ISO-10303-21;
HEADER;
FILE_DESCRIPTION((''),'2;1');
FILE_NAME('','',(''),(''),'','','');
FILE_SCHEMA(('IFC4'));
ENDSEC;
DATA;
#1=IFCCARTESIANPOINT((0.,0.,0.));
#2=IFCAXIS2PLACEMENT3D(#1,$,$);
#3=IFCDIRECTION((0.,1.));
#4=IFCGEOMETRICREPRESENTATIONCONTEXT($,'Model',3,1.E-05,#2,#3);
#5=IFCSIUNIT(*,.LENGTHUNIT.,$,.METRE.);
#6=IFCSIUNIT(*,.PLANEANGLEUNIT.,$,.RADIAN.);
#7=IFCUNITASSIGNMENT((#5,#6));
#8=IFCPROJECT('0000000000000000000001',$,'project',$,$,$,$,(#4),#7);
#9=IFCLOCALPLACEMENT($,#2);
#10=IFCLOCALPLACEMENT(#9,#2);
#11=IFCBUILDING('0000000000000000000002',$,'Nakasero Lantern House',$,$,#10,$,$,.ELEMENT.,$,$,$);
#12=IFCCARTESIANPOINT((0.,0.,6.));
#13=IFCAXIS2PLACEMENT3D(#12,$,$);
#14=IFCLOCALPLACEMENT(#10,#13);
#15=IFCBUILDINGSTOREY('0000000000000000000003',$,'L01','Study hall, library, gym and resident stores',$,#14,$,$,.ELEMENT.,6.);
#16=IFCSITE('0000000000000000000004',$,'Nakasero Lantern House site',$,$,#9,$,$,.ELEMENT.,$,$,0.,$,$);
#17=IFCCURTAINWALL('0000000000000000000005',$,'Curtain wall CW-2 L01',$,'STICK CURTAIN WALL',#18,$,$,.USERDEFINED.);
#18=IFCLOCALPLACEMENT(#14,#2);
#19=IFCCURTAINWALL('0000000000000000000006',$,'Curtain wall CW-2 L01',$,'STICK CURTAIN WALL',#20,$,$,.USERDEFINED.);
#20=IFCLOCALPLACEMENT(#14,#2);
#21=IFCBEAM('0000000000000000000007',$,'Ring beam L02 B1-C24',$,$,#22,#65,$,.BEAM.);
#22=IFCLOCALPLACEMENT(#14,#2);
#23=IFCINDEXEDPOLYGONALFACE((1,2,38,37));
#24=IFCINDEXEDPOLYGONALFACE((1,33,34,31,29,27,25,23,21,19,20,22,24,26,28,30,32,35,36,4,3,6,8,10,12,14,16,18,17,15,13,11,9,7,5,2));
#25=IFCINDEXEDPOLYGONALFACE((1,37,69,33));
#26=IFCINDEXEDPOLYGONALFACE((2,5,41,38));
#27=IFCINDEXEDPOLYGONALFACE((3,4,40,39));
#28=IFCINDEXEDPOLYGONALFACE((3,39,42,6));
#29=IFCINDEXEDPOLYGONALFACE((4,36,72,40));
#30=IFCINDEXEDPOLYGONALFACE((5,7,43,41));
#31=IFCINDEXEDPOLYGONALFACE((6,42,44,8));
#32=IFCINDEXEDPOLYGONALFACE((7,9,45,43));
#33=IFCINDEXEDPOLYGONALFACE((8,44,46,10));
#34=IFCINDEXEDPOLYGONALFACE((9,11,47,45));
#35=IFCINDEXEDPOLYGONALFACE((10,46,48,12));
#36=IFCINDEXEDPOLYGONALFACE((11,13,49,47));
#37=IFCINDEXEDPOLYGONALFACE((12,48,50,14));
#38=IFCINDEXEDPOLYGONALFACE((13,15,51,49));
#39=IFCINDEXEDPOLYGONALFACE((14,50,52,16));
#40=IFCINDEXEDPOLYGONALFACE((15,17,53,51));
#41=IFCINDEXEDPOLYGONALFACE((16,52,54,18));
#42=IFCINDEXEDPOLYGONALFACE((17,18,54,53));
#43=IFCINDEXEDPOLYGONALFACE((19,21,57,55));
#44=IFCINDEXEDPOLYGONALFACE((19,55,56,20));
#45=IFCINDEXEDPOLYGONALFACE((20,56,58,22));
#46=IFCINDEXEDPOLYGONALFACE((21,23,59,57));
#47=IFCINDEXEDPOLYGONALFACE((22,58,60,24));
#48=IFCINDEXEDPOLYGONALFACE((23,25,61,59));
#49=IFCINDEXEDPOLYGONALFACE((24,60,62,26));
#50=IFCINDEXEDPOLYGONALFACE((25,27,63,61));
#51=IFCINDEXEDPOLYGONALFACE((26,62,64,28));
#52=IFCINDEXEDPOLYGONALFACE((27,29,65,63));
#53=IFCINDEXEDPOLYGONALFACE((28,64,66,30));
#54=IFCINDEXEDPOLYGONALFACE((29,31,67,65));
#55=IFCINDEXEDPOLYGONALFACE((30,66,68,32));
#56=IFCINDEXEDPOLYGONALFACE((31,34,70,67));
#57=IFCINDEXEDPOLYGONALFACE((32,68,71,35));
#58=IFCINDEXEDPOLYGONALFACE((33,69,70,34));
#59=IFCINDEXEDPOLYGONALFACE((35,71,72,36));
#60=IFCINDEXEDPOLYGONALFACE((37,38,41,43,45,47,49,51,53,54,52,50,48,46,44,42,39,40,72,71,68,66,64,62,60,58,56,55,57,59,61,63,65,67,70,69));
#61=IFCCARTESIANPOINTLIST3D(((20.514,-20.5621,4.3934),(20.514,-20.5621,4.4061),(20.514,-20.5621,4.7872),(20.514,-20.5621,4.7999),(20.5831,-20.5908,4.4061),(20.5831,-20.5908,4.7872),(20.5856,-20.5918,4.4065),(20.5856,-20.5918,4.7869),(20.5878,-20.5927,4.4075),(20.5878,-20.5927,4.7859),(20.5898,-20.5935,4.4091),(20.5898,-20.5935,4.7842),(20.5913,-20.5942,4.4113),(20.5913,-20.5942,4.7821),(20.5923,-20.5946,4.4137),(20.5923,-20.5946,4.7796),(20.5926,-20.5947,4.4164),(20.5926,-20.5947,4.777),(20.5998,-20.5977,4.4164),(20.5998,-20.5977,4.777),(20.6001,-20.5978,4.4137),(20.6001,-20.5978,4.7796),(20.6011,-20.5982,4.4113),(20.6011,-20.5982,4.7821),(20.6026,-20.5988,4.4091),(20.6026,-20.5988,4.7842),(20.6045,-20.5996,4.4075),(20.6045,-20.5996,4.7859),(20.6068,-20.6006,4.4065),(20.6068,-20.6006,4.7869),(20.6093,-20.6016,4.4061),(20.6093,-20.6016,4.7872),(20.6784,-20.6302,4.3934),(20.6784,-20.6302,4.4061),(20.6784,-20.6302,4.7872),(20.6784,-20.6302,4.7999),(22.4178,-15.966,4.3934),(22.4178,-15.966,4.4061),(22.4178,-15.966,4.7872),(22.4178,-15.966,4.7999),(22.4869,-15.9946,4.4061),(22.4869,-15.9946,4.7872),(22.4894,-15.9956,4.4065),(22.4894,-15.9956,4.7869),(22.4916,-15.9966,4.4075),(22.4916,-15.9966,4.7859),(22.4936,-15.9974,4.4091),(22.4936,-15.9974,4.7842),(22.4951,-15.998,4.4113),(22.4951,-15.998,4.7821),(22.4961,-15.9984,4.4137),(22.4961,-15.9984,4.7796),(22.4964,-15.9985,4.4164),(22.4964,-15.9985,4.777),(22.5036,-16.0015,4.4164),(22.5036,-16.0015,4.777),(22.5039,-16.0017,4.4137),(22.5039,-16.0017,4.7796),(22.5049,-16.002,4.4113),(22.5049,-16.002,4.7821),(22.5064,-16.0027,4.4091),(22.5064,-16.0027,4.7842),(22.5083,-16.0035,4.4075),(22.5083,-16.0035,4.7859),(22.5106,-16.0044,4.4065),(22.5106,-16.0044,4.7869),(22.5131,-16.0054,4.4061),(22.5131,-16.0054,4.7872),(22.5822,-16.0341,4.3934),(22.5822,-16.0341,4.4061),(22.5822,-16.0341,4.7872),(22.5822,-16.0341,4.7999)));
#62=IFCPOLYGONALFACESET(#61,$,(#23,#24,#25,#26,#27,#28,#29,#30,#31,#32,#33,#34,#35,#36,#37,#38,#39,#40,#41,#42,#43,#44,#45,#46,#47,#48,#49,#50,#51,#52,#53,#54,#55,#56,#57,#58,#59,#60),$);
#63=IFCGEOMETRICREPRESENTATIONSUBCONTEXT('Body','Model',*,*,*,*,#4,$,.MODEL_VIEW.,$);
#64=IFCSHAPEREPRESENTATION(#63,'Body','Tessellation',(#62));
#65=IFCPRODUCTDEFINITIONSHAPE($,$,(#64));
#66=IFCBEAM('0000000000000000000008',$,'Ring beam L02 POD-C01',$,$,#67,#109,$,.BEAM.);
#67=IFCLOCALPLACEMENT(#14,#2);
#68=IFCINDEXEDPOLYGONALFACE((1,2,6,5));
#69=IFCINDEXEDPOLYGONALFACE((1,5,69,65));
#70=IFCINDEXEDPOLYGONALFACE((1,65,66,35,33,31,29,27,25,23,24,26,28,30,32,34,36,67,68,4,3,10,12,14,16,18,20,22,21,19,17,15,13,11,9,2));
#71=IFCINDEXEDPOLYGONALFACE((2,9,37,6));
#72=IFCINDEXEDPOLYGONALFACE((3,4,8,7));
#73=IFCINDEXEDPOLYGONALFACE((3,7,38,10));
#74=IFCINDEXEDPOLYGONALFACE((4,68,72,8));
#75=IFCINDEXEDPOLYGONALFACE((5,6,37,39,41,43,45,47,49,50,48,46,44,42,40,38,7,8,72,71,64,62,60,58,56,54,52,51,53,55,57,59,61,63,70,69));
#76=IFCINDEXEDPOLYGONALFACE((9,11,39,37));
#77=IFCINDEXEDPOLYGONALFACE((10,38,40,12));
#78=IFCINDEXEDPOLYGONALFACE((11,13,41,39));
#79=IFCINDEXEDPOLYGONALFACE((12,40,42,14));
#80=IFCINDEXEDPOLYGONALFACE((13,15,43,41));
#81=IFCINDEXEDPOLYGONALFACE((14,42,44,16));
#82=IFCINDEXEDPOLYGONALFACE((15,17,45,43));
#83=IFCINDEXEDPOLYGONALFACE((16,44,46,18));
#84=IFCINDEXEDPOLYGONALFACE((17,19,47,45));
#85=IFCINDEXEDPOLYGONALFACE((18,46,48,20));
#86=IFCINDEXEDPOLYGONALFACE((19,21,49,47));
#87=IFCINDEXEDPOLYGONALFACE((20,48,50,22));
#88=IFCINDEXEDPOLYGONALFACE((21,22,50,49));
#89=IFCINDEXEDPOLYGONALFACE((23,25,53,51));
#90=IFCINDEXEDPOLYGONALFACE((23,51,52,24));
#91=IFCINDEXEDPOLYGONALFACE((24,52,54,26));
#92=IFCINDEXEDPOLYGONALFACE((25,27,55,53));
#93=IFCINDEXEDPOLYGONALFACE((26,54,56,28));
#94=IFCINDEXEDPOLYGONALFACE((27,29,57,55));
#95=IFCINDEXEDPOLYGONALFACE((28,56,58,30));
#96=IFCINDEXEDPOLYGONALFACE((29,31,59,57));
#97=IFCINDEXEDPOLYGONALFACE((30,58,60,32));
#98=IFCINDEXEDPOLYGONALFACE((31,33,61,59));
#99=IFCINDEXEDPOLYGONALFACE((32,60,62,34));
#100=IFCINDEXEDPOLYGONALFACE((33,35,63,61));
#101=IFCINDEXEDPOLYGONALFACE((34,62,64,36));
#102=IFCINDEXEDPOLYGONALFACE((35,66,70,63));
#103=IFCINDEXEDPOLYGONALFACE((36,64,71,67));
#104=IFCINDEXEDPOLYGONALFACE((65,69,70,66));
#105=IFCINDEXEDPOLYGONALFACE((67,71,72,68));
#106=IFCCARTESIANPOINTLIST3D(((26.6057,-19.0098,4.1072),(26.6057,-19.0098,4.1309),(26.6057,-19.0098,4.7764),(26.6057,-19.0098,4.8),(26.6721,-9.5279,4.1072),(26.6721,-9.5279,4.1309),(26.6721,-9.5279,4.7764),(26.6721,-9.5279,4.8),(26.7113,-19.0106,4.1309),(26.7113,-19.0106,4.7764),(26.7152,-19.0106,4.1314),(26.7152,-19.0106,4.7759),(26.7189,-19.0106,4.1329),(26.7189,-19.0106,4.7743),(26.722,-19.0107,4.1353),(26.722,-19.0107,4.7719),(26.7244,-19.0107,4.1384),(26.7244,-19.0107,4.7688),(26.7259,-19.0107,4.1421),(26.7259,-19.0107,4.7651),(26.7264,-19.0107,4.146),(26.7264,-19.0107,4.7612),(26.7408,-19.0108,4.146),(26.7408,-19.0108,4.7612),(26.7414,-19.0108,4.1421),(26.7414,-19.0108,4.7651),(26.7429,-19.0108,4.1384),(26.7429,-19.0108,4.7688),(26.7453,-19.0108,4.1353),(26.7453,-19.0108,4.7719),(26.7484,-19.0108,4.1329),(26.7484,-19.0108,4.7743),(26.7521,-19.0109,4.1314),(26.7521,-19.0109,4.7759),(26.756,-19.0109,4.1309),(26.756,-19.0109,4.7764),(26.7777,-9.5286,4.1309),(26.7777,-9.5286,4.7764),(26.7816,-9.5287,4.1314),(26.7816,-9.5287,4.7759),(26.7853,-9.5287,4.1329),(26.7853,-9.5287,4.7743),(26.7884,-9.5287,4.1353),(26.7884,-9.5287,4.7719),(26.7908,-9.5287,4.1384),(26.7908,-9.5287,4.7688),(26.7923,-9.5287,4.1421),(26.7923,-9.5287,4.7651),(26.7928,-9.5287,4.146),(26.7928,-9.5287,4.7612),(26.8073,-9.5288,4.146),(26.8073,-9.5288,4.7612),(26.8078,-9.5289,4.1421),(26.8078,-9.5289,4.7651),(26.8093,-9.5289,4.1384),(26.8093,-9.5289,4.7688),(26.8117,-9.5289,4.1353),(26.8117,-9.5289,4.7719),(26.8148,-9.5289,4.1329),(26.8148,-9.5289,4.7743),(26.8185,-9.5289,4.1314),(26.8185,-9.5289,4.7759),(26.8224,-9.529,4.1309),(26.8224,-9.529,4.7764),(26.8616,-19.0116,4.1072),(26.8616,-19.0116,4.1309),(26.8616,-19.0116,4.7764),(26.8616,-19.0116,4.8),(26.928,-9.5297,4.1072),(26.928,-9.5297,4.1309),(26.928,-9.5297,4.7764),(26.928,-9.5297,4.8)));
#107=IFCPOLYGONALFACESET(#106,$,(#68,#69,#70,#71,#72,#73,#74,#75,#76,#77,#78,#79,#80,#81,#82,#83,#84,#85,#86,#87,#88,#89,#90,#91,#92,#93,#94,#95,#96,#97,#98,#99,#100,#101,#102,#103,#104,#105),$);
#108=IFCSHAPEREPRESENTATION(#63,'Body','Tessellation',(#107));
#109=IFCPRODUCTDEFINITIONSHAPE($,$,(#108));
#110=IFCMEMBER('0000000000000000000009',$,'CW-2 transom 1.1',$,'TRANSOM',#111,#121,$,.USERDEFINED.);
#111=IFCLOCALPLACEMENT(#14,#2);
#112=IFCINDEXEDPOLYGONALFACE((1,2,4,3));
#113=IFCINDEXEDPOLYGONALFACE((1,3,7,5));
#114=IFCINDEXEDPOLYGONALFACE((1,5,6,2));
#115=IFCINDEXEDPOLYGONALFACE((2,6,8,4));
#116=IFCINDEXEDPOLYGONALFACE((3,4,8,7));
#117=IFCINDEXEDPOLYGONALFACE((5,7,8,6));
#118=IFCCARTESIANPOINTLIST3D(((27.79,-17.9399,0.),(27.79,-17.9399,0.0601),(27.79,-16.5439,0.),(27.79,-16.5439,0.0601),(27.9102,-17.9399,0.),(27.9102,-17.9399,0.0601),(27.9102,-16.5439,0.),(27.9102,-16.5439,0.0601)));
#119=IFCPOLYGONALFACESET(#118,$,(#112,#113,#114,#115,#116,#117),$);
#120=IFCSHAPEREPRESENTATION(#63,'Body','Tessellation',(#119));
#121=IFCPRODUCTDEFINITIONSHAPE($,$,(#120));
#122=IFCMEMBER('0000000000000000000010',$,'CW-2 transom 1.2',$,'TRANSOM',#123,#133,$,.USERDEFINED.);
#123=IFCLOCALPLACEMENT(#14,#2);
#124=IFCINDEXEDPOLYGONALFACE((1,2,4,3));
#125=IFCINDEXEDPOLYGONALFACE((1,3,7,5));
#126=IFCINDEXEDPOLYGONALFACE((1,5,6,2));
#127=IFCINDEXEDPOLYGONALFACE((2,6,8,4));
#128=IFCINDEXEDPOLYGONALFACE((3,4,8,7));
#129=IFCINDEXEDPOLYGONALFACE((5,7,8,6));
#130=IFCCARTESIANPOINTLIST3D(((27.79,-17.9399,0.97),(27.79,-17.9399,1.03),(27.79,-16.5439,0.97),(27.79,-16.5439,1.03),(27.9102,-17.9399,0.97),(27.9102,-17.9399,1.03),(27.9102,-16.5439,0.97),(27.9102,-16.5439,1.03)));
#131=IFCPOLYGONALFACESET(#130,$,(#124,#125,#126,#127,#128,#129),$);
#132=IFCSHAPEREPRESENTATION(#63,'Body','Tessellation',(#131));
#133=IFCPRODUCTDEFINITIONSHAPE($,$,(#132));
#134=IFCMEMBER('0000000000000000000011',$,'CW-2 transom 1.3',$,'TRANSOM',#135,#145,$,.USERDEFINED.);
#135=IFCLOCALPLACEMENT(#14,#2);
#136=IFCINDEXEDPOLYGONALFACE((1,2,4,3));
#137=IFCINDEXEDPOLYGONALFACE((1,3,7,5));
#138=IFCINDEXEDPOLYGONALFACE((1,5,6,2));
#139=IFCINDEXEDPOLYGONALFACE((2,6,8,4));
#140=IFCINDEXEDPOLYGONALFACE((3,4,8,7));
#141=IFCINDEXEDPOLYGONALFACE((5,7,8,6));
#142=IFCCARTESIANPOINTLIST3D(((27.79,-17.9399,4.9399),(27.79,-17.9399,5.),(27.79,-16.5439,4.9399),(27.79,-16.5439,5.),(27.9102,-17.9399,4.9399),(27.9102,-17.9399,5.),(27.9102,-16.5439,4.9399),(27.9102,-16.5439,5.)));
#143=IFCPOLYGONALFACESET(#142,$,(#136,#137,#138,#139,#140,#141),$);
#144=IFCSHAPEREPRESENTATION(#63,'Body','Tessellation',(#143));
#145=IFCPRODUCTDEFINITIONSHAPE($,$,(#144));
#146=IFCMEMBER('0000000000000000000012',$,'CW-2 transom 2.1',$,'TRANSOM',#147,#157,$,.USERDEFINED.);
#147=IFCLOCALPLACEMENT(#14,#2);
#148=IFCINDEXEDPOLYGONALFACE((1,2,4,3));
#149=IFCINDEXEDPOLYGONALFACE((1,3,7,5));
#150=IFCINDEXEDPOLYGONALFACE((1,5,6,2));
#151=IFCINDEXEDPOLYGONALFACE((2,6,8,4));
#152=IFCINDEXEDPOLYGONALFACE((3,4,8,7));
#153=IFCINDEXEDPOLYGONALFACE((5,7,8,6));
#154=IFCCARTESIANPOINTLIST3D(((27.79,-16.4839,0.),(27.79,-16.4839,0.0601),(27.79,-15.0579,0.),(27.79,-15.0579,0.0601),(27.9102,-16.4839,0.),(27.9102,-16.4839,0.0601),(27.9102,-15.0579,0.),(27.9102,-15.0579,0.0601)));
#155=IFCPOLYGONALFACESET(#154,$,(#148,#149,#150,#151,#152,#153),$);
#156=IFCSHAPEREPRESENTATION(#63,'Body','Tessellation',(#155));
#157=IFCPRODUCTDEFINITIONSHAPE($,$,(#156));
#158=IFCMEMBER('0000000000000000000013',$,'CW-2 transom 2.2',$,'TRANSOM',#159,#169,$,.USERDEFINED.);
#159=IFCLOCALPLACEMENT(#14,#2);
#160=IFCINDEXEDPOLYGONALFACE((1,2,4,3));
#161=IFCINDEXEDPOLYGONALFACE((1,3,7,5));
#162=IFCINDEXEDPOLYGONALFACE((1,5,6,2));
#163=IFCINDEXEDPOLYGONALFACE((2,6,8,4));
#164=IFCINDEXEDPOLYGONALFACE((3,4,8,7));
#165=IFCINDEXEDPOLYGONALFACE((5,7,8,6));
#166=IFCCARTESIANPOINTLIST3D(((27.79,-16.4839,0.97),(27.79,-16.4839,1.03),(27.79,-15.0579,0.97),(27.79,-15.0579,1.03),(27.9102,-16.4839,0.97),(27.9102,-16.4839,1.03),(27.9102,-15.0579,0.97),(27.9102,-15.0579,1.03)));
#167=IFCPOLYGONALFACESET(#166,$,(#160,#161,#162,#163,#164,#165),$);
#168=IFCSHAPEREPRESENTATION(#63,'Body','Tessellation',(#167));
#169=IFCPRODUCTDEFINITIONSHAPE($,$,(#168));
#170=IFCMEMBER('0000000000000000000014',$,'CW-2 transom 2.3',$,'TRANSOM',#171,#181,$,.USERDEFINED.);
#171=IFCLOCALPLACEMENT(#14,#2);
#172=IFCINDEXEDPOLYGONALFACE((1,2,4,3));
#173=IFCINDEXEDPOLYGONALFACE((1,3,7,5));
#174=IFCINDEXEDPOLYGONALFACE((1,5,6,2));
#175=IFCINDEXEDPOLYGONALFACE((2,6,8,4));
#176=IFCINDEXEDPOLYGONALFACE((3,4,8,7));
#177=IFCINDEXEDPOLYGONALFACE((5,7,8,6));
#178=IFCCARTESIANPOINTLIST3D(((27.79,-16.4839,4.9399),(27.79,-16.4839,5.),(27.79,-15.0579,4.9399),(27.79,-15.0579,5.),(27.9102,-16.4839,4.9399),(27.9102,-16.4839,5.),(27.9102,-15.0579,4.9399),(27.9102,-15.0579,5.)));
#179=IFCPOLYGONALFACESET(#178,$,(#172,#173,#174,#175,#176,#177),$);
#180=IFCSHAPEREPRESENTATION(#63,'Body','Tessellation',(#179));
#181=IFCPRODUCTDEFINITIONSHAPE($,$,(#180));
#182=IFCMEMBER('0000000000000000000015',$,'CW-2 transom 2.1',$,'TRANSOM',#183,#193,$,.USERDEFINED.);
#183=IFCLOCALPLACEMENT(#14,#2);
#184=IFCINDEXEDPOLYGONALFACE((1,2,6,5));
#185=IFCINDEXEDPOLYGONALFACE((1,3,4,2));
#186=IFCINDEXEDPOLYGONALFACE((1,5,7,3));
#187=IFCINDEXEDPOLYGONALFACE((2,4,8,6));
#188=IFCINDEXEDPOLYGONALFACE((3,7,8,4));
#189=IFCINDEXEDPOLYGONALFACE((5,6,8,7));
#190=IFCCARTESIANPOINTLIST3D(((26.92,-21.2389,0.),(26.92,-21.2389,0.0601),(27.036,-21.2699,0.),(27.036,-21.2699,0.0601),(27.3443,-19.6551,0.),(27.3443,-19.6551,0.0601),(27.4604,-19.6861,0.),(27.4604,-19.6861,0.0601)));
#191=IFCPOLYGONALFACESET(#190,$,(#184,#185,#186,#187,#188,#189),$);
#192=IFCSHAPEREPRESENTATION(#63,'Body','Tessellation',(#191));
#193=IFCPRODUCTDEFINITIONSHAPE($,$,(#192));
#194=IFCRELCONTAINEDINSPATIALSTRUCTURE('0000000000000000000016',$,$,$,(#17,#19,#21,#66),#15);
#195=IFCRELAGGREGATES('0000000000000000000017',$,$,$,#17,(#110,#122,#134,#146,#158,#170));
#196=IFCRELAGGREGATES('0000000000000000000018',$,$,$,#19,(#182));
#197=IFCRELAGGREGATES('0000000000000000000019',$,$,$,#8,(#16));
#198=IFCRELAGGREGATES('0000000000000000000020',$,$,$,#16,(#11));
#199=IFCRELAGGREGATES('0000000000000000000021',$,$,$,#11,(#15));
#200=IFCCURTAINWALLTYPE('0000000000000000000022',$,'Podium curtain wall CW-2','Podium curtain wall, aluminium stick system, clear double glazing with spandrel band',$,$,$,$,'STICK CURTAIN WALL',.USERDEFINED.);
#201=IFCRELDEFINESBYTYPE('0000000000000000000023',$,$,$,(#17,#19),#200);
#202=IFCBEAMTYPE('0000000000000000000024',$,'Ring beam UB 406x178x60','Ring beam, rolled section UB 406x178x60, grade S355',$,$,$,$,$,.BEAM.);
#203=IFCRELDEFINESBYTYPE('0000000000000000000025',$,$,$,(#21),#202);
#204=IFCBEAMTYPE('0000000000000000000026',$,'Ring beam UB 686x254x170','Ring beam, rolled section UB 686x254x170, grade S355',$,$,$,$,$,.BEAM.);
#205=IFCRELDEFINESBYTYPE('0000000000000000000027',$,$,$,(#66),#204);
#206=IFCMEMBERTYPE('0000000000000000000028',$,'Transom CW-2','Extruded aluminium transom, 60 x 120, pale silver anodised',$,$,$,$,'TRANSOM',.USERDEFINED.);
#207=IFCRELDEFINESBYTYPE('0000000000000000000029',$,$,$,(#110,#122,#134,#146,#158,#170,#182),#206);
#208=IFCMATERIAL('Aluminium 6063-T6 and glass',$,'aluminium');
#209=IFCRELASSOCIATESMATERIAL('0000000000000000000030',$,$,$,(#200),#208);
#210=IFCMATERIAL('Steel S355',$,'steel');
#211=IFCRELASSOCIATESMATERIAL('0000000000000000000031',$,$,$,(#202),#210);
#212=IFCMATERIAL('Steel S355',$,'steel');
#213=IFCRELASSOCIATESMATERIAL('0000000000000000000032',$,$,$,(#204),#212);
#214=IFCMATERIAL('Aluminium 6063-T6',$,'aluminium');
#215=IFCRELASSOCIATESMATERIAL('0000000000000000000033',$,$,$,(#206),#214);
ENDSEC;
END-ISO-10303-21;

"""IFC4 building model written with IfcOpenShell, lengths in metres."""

from ifc_helpers import new_model, si_unit, direction, frame, origin, origin_2d, place, context, subcontext, project, spatial, rectangle, i_section, extrude, material, material_profile, profile_set, type_object, element, aggregate, save


model = new_model("IFC4")

# Units and contexts
model_context = context("Model", 3, precision=1e-05, world=origin(), true_north=direction((0.0, 1.0)))
body_context = subcontext(model_context, "Body", "Model", "MODEL_VIEW")
ifc_project = project(units=[si_unit("LENGTHUNIT", "METRE"), si_unit("PLANEANGLEUNIT", "RADIAN")], contexts=[model_context])

# Site, building, storey
site_placement = place(None, origin())
site = spatial("IfcSite", under=ifc_project, at=site_placement, Name="Nakasero Lantern House site", CompositionType="ELEMENT", RefElevation=0.0)
building_placement = place(site_placement, origin())
building = spatial("IfcBuilding", under=site, at=building_placement, Name="Nakasero Lantern House", CompositionType="ELEMENT")
storey_placement = place(building_placement, frame((0.0, 0.0, 6.0)))
storey = spatial("IfcBuildingStorey", under=building, at=storey_placement, Name="L01", Description="Study hall, library, gym and resident stores", CompositionType="ELEMENT", Elevation=6.0)

# Curtain walls
ifc_material_1 = material(Name="Aluminium 6063-T6 and glass", Category="aluminium")
curtain_wall_type = type_object("IfcCurtainWallType", Name="Podium curtain wall CW-2", Description="Podium curtain wall, aluminium stick system, clear double glazing with spandrel band", ElementType="STICK CURTAIN WALL", PredefinedType="USERDEFINED", material=ifc_material_1)
curtain_wall_1_placement = place(storey_placement, origin())
curtain_wall_1 = element("IfcCurtainWall", 1, at=curtain_wall_1_placement, inside=storey, type_object=curtain_wall_type, Name="Curtain wall CW-2 L01", ObjectType="STICK CURTAIN WALL", PredefinedType="USERDEFINED")
curtain_wall_2_placement = place(storey_placement, origin())
curtain_wall_2 = element("IfcCurtainWall", 2, at=curtain_wall_2_placement, inside=storey, type_object=curtain_wall_type, Name="Curtain wall CW-2 L01", ObjectType="STICK CURTAIN WALL", PredefinedType="USERDEFINED")

# Beams
ifc_material_2 = material(Name="Steel S355", Category="steel")
ifc_material_profile_1 = material_profile(ifc_material_2, i_section(OverallWidth=0.178, OverallDepth=0.4065, WebThickness=0.0078, FlangeThickness=0.0127, FilletRadius=0.0103, at=origin_2d()), Name="UB 406x178x60")
ifc_profile_set_1 = profile_set([ifc_material_profile_1], Name="Steel S355")
beam_type_1 = type_object("IfcBeamType", Name="Ring beam UB 406x178x60", Description="Ring beam, rolled section UB 406x178x60, grade S355", PredefinedType="BEAM", material=ifc_profile_set_1)
beam_1_placement = place(storey_placement, frame((20.5962, -20.5962, 4.5967), z_axis=(0.382684, 0.923879, 0.0), x_axis=(-0.923879, 0.382684, 0.0)))
element("IfcBeam", 3, at=beam_1_placement, inside=storey, type_object=beam_type_1, Name="Ring beam L02 B1-C24", PredefinedType="BEAM", context=body_context, shape_type="SweptSolid", body=[
    extrude(i_section(OverallWidth=0.178, OverallDepth=0.4065, WebThickness=0.0078, FlangeThickness=0.0127, FilletRadius=0.0103, at=origin_2d()), origin(), (0.0, 0.0, 1.0), 4.9749),
])
ifc_material_3 = material(Name="Steel S355", Category="steel")
ifc_material_profile_2 = material_profile(ifc_material_3, i_section(OverallWidth=0.2559, OverallDepth=0.6929, WebThickness=0.0144, FlangeThickness=0.0237, FilletRadius=0.0151, at=origin_2d()), Name="UB 686x254x170")
ifc_profile_set_2 = profile_set([ifc_material_profile_2], Name="Steel S355")
beam_type_2 = type_object("IfcBeamType", Name="Ring beam UB 686x254x170", Description="Ring beam, rolled section UB 686x254x170, grade S355", PredefinedType="BEAM", material=ifc_profile_set_2)
beam_2_placement = place(storey_placement, frame((26.7336, -19.0107, 4.4536), z_axis=(0.007003, 0.999975, 0.0), x_axis=(-0.999975, 0.007003, 0.0)))
element("IfcBeam", 4, at=beam_2_placement, inside=storey, type_object=beam_type_2, Name="Ring beam L02 POD-C01", PredefinedType="BEAM", context=body_context, shape_type="SweptSolid", body=[
    extrude(i_section(OverallWidth=0.2559, OverallDepth=0.6929, WebThickness=0.0144, FlangeThickness=0.0237, FilletRadius=0.0151, at=origin_2d()), origin(), (0.0, 0.0, 1.0), 9.4822),
])

# Members
ifc_material_4 = material(Name="Aluminium 6063-T6", Category="aluminium")
ifc_material_profile_3 = material_profile(ifc_material_4, rectangle(XDim=0.0601, YDim=0.1201, at=origin_2d()), Name="CW-2 transom 60x120")
ifc_profile_set_3 = profile_set([ifc_material_profile_3], Name="Aluminium 6063-T6")
member_type_1 = type_object("IfcMemberType", Name="Transom CW-2", Description="Extruded aluminium transom, 60 x 120, pale silver anodised", ElementType="TRANSOM", PredefinedType="USERDEFINED", material=ifc_profile_set_3)
member_1_placement = place(storey_placement, frame((27.8501, -17.9399, 0.03), z_axis=(0.0, 1.0, 0.0), x_axis=(0.0, 0.0, 1.0)))
member_1 = element("IfcMember", 5, at=member_1_placement, type_object=member_type_1, Name="CW-2 transom 1.1", ObjectType="TRANSOM", PredefinedType="USERDEFINED", context=body_context, shape_type="SweptSolid", body=[
    extrude(rectangle(XDim=0.0601, YDim=0.1201, at=origin_2d()), origin(), (0.0, 0.0, 1.0), 1.396),
])
member_2_placement = place(storey_placement, frame((27.8501, -17.9399, 1.0), z_axis=(0.0, 1.0, 0.0), x_axis=(0.0, 0.0, 1.0)))
member_2 = element("IfcMember", 6, at=member_2_placement, type_object=member_type_1, Name="CW-2 transom 1.2", ObjectType="TRANSOM", PredefinedType="USERDEFINED", context=body_context, shape_type="SweptSolid", body=[
    extrude(rectangle(XDim=0.0601, YDim=0.1201, at=origin_2d()), origin(), (0.0, 0.0, 1.0), 1.396),
])
member_3_placement = place(storey_placement, frame((27.8501, -17.9399, 4.97), z_axis=(0.0, 1.0, 0.0), x_axis=(0.0, 0.0, 1.0)))
member_3 = element("IfcMember", 7, at=member_3_placement, type_object=member_type_1, Name="CW-2 transom 1.3", ObjectType="TRANSOM", PredefinedType="USERDEFINED", context=body_context, shape_type="SweptSolid", body=[
    extrude(rectangle(XDim=0.0601, YDim=0.1201, at=origin_2d()), origin(), (0.0, 0.0, 1.0), 1.396),
])
member_4_placement = place(storey_placement, frame((27.8501, -16.4839, 0.03), z_axis=(0.0, 1.0, 0.0), x_axis=(0.0, 0.0, 1.0)))
member_4 = element("IfcMember", 8, at=member_4_placement, type_object=member_type_1, Name="CW-2 transom 2.1", ObjectType="TRANSOM", PredefinedType="USERDEFINED", context=body_context, shape_type="SweptSolid", body=[
    extrude(rectangle(XDim=0.0601, YDim=0.1201, at=origin_2d()), origin(), (0.0, 0.0, 1.0), 1.426),
])
member_5_placement = place(storey_placement, frame((27.8501, -16.4839, 1.0), z_axis=(0.0, 1.0, 0.0), x_axis=(0.0, 0.0, 1.0)))
member_5 = element("IfcMember", 9, at=member_5_placement, type_object=member_type_1, Name="CW-2 transom 2.2", ObjectType="TRANSOM", PredefinedType="USERDEFINED", context=body_context, shape_type="SweptSolid", body=[
    extrude(rectangle(XDim=0.0601, YDim=0.1201, at=origin_2d()), origin(), (0.0, 0.0, 1.0), 1.426),
])
member_6_placement = place(storey_placement, frame((27.8501, -16.4839, 4.97), z_axis=(0.0, 1.0, 0.0), x_axis=(0.0, 0.0, 1.0)))
member_6 = element("IfcMember", 10, at=member_6_placement, type_object=member_type_1, Name="CW-2 transom 2.3", ObjectType="TRANSOM", PredefinedType="USERDEFINED", context=body_context, shape_type="SweptSolid", body=[
    extrude(rectangle(XDim=0.0601, YDim=0.1201, at=origin_2d()), origin(), (0.0, 0.0, 1.0), 1.426),
])
member_7_placement = place(storey_placement, frame((26.978, -21.2544, 0.03), z_axis=(0.258793, 0.965933, 0.0), x_axis=(0.0, 0.0, 1.0)))
member_7 = element("IfcMember", 11, at=member_7_placement, type_object=member_type_1, Name="CW-2 transom 2.1", ObjectType="TRANSOM", PredefinedType="USERDEFINED", context=body_context, shape_type="SweptSolid", body=[
    extrude(rectangle(XDim=0.0601, YDim=0.1201, at=origin_2d()), origin(), (0.0, 0.0, 1.0), 1.6396),
])

aggregate(curtain_wall_1, [member_1, member_2, member_3, member_4, member_5, member_6])
aggregate(curtain_wall_2, [member_7])

save(model, "model.ifc")
